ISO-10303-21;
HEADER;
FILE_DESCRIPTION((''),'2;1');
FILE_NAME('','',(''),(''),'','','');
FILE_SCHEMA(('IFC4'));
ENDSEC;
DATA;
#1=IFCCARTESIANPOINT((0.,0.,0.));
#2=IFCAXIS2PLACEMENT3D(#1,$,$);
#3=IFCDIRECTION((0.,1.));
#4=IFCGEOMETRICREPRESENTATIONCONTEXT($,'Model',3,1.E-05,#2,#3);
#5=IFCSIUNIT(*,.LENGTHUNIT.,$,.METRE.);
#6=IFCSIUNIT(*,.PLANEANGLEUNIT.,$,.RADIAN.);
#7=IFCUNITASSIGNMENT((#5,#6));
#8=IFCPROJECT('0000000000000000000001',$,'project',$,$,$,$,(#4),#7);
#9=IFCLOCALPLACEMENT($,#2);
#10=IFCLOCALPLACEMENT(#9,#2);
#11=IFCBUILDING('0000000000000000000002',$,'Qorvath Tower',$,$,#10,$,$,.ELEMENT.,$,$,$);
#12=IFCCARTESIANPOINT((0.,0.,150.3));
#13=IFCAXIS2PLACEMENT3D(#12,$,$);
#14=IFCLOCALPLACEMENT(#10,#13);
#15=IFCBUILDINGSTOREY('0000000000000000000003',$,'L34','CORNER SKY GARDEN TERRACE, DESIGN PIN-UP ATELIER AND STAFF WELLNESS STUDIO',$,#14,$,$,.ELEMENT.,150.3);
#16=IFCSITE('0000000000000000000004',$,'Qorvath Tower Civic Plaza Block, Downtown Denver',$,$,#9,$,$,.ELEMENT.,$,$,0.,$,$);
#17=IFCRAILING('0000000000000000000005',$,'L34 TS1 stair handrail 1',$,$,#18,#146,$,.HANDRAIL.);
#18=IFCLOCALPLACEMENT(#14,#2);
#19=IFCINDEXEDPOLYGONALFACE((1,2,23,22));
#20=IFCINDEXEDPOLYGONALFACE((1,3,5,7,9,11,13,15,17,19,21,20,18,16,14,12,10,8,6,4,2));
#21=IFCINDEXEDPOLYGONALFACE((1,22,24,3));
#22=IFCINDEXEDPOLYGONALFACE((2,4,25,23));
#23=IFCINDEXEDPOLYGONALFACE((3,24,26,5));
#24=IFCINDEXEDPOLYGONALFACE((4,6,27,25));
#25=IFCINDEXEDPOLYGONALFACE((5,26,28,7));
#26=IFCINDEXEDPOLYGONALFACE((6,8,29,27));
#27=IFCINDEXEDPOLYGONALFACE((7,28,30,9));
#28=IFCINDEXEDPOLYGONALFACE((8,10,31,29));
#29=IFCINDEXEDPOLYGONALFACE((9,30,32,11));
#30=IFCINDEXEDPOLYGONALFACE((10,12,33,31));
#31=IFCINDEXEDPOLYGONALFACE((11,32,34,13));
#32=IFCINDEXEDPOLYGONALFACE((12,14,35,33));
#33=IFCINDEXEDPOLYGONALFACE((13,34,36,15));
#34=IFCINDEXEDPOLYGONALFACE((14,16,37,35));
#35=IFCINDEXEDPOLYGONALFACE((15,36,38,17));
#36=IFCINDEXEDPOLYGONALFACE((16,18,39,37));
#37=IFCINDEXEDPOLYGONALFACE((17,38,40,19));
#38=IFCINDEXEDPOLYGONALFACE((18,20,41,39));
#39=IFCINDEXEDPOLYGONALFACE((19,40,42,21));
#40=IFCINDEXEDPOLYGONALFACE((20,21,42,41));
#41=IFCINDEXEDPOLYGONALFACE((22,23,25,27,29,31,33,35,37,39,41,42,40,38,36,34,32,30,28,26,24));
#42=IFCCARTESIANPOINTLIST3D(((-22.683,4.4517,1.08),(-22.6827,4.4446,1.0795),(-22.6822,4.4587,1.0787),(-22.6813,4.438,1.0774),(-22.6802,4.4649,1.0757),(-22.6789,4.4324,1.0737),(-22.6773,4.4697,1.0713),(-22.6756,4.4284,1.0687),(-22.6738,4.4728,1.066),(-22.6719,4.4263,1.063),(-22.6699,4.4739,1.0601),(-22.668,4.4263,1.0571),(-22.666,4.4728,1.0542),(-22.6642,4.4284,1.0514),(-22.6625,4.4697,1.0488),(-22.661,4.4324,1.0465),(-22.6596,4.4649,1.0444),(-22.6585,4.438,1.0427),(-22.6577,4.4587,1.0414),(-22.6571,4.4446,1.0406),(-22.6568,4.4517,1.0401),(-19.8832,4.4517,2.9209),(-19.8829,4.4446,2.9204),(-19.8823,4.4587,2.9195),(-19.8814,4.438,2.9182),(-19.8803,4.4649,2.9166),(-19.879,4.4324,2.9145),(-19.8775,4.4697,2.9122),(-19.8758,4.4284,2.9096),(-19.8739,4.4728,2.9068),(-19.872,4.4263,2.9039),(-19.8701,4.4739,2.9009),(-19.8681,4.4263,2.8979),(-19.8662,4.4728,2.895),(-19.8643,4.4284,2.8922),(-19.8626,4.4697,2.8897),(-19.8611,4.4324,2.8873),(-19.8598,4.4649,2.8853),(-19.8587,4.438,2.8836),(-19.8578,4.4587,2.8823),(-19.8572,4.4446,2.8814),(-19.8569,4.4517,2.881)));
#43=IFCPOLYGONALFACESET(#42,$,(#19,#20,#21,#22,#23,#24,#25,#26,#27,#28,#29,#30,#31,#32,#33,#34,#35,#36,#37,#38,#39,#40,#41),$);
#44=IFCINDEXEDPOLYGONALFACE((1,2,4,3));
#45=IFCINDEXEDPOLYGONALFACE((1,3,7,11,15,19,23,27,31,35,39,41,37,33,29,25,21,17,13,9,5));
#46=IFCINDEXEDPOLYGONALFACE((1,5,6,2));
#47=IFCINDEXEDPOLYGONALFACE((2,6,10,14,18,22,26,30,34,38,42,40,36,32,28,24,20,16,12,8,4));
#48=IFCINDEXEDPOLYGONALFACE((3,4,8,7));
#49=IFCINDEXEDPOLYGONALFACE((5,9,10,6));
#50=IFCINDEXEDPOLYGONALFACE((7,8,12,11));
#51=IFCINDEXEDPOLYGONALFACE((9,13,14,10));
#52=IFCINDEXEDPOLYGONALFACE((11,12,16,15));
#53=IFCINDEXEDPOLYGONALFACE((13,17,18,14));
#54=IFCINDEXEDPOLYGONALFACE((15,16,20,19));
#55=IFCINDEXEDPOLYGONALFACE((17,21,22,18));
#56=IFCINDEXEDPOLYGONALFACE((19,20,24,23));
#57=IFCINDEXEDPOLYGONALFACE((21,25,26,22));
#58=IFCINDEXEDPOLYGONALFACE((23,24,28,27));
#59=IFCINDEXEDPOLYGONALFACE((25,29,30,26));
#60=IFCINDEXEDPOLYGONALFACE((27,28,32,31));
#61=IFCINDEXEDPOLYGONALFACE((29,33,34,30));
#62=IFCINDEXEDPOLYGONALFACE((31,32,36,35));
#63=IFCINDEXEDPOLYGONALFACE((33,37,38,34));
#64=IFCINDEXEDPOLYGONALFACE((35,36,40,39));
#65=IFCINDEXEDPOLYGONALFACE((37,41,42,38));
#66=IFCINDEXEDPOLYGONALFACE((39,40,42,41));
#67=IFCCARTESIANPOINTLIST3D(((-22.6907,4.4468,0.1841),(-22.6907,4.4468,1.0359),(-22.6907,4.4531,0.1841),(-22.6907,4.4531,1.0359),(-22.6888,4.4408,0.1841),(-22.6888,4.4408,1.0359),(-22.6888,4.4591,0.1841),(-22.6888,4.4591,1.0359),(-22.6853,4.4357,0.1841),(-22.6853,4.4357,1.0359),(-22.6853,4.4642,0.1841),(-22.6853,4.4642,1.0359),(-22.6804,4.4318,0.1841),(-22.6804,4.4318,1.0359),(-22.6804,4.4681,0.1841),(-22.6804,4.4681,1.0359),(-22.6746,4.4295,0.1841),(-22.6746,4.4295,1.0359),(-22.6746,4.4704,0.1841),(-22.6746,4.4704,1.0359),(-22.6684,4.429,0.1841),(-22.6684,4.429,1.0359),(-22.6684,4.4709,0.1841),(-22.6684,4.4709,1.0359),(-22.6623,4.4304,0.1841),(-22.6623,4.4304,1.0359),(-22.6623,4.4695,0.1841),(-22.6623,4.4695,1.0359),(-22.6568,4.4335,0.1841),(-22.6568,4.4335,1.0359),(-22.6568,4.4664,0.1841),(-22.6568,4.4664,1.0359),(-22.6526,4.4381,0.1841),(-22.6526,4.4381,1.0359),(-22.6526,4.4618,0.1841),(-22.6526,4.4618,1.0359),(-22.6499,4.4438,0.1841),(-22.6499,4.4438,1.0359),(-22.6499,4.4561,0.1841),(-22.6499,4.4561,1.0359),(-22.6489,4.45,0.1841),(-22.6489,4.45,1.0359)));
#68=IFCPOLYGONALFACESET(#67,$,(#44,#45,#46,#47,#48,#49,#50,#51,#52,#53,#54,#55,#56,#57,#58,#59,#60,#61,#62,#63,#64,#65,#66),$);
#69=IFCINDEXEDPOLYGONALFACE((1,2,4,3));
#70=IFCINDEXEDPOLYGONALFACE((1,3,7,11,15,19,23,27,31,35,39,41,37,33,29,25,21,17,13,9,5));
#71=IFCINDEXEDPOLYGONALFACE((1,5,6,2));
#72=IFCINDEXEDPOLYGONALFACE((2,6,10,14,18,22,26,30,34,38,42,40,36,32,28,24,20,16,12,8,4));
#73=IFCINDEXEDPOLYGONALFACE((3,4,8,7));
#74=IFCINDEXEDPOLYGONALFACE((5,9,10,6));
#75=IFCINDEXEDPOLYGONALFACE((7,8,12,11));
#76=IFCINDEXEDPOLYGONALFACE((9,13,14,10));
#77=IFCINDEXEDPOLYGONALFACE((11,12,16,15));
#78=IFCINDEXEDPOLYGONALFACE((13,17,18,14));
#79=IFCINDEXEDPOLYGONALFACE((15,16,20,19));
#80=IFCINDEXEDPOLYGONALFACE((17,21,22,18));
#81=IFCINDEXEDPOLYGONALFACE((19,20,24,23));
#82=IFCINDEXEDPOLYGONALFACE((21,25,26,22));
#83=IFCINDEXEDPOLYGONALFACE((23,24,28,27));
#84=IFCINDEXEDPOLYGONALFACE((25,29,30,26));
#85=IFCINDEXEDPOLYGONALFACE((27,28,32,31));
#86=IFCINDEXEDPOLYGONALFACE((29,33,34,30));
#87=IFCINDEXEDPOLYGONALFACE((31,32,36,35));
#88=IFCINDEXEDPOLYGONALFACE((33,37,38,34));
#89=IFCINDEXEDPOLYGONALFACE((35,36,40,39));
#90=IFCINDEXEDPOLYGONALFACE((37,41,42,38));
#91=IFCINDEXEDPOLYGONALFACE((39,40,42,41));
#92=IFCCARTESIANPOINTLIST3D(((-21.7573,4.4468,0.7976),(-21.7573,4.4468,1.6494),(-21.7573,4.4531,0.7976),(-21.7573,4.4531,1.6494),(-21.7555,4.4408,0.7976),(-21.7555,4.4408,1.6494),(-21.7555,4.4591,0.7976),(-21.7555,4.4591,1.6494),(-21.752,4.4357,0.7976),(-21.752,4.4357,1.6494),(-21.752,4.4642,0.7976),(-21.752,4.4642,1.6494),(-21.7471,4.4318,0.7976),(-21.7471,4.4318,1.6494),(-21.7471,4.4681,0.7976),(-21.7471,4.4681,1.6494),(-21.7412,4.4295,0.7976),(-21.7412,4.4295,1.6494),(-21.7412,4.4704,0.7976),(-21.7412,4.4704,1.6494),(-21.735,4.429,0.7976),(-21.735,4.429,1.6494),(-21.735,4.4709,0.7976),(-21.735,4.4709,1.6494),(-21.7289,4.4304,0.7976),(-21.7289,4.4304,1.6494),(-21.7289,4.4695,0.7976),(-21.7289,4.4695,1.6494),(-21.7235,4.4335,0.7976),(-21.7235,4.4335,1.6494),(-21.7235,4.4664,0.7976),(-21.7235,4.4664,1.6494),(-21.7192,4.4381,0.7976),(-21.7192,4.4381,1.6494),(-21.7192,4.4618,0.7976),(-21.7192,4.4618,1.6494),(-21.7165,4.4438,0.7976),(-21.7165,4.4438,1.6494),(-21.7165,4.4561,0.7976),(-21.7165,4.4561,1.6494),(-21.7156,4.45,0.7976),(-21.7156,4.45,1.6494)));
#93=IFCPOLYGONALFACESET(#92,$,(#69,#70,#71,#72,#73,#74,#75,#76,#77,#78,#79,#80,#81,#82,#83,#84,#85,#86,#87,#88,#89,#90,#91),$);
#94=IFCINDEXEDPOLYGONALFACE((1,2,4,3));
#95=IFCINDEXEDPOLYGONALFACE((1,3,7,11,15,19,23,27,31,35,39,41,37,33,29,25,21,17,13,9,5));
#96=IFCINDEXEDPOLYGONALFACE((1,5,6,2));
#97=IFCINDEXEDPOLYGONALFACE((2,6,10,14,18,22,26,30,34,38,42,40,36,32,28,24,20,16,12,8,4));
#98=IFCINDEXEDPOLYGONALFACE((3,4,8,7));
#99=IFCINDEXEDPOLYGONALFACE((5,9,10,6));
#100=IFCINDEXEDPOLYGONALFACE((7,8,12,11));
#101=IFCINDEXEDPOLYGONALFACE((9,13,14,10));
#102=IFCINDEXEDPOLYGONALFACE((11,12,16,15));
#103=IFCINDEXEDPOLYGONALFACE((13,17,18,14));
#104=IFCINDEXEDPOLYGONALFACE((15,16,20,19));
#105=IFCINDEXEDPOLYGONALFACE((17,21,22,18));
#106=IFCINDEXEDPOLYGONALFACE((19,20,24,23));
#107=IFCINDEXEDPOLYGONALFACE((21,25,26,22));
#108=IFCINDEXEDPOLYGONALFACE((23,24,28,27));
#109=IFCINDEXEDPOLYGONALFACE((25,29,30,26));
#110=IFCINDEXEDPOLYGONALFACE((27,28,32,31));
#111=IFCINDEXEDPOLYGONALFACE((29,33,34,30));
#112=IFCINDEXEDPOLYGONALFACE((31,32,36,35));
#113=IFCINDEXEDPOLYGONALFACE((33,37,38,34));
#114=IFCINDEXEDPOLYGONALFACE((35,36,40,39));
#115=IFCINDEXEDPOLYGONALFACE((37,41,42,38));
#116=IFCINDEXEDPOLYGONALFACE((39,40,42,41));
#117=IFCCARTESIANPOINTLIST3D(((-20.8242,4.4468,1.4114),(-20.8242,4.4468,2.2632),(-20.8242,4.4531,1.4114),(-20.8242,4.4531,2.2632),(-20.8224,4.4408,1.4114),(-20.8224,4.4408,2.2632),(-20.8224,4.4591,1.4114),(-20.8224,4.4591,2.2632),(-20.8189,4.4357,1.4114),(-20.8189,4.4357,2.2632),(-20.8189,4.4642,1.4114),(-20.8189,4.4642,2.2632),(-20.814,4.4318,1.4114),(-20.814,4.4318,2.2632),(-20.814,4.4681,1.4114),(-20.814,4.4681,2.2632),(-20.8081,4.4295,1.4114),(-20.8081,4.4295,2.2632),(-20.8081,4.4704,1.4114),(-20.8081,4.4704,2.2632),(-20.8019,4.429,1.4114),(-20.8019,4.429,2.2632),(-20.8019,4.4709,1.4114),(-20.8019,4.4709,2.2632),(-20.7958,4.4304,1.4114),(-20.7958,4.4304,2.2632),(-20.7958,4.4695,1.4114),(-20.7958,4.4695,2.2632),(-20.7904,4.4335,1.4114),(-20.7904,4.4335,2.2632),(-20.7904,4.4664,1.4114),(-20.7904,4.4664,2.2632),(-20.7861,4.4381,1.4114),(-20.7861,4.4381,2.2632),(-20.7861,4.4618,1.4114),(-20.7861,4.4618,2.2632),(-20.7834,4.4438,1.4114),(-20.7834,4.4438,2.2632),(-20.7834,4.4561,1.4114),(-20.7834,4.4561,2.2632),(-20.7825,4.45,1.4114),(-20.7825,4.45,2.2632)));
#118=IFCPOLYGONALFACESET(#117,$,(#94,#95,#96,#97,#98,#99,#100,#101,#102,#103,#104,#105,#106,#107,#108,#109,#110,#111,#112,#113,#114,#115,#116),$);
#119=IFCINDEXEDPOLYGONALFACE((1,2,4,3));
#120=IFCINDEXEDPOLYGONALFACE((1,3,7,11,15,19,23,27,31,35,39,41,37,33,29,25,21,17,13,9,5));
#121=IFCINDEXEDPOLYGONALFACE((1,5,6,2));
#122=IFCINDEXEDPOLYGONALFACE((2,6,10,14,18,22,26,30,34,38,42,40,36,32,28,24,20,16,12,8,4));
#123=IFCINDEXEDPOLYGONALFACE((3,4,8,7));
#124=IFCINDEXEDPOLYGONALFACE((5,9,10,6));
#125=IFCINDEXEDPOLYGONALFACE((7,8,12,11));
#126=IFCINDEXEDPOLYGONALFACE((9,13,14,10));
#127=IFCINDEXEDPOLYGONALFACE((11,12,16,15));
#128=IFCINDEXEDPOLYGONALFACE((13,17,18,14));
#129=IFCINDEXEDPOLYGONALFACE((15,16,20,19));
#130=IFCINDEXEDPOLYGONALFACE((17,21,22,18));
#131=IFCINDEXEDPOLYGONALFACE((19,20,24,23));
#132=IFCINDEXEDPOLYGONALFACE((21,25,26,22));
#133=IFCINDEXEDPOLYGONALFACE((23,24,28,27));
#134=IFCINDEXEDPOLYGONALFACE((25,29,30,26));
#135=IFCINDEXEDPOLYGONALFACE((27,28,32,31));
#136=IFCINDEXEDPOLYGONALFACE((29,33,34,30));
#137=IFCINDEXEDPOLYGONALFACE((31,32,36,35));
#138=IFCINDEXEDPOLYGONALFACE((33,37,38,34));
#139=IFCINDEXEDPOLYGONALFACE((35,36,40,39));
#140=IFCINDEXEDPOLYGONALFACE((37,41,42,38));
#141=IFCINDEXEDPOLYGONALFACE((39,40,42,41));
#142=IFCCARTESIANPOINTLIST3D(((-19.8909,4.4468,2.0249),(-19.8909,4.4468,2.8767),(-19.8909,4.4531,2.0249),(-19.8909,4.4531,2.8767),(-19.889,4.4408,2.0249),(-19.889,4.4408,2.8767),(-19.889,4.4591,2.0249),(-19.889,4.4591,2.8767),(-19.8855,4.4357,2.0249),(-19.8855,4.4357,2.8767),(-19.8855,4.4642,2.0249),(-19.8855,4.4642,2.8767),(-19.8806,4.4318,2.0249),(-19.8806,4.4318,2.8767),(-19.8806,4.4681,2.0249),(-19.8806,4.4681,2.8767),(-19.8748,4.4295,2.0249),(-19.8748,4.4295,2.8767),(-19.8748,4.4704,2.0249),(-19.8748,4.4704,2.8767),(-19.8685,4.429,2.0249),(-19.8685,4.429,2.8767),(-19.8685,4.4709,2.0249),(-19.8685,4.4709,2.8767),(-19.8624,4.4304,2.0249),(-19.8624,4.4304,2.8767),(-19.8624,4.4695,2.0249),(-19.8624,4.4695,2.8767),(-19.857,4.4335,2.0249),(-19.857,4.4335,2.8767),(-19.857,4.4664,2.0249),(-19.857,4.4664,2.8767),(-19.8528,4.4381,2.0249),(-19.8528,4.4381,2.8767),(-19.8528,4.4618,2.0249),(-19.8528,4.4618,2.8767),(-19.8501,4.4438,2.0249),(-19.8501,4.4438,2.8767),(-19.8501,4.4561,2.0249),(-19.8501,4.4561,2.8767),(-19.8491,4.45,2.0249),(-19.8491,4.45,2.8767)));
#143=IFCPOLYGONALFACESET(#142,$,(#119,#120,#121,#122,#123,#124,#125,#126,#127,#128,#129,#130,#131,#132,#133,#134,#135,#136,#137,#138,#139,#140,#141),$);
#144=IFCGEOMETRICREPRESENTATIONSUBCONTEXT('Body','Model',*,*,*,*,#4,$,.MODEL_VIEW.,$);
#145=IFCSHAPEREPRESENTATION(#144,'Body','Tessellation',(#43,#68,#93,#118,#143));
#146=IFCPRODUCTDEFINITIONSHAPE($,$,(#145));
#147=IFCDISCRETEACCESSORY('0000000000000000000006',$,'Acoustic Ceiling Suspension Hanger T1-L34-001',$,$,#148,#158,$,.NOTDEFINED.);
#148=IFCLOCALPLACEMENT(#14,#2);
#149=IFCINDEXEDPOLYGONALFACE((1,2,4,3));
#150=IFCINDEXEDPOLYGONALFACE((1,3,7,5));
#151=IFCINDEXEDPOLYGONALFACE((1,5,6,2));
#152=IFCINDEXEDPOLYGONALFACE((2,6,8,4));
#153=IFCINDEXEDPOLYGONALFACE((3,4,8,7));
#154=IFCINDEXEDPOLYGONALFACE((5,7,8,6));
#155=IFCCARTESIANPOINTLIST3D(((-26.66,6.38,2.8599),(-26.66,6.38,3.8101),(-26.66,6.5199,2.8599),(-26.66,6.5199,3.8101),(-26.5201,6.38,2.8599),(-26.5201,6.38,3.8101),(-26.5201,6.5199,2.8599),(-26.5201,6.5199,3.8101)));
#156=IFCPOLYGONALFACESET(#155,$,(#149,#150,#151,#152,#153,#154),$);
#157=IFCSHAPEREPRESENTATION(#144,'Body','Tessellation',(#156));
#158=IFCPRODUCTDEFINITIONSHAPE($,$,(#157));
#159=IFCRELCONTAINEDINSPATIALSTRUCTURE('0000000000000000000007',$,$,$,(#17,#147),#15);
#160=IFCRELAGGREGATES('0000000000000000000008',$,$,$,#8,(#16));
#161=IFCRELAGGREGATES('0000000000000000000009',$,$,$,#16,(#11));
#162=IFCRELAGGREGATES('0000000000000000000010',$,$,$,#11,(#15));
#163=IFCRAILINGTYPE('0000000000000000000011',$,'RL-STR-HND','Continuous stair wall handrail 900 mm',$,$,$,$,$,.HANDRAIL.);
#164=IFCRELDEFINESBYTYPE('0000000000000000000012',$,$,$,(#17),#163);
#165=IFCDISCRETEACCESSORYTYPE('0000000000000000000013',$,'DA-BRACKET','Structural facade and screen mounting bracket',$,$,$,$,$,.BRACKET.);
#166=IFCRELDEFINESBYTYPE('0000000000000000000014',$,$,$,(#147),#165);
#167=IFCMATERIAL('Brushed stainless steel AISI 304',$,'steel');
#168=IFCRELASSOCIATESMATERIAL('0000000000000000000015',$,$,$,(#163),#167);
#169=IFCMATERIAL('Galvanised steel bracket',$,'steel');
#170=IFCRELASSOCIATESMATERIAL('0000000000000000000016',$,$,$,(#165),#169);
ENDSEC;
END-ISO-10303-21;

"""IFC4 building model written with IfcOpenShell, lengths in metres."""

from ifc_helpers import new_model, si_unit, direction, frame, origin, origin_2d, place, context, subcontext, project, spatial, rectangle, circle, extrude, material, type_object, element, save


model = new_model("IFC4")

# Units and contexts
model_context = context("Model", 3, precision=1e-05, world=origin(), true_north=direction((0.0, 1.0)))
body_context = subcontext(model_context, "Body", "Model", "MODEL_VIEW")
ifc_project = project(units=[si_unit("LENGTHUNIT", "METRE"), si_unit("PLANEANGLEUNIT", "RADIAN")], contexts=[model_context])

# Site, building, storey
site_placement = place(None, origin())
site = spatial("IfcSite", under=ifc_project, at=site_placement, Name="Qorvath Tower Civic Plaza Block, Downtown Denver", CompositionType="ELEMENT", RefElevation=0.0)
building_placement = place(site_placement, origin())
building = spatial("IfcBuilding", under=site, at=building_placement, Name="Qorvath Tower", CompositionType="ELEMENT")
storey_placement = place(building_placement, frame((0.0, 0.0, 150.3)))
storey = spatial("IfcBuildingStorey", under=building, at=storey_placement, Name="L34", Description="CORNER SKY GARDEN TERRACE, DESIGN PIN-UP ATELIER AND STAFF WELLNESS STUDIO", CompositionType="ELEMENT", Elevation=150.3)

# Railing
ifc_material_1 = material(Name="Brushed stainless steel AISI 304", Category="steel")
railing_type_1 = type_object("IfcRailingType", Name="RL-STR-HND", Description="Continuous stair wall handrail 900 mm", PredefinedType="HANDRAIL", material=ifc_material_1)
railing_1_placement = place(storey_placement, frame((-22.6699, 4.45, 0.1841)))
element("IfcRailing", 1, at=railing_1_placement, inside=storey, type_object=railing_type_1, Name="L34 TS1 stair handrail 1", PredefinedType="HANDRAIL", context=body_context, shape_type="SweptSolid", body=[
    extrude(circle(Radius=0.0239, at=origin_2d()), frame((0.0, 0.0, 0.876), z_axis=(0.835576, 0.0, 0.549376), x_axis=(0.0, 1.0, 0.0)), (0.0, 0.0, 1.0), 3.3508),
    extrude(circle(Radius=0.021, at=origin_2d()), origin(), (0.0, 0.0, 1.0), 0.8518),
    extrude(circle(Radius=0.021, at=origin_2d()), frame((0.9333, 0.0, 0.6135)), (0.0, 0.0, 1.0), 0.8518),
    extrude(circle(Radius=0.021, at=origin_2d()), frame((1.8665, 0.0, 1.2273)), (0.0, 0.0, 1.0), 0.8518),
    extrude(circle(Radius=0.021, at=origin_2d()), frame((2.7998, 0.0, 1.8408)), (0.0, 0.0, 1.0), 0.8518),
])

# Discrete accessory
ifc_material_2 = material(Name="Galvanised steel bracket", Category="steel")
discrete_accessory_type = type_object("IfcDiscreteAccessoryType", Name="DA-BRACKET", Description="Structural facade and screen mounting bracket", PredefinedType="BRACKET", material=ifc_material_2)
discrete_accessory_placement = place(storey_placement, frame((-26.5901, 6.45, 2.8599), z_axis=(0.0, 0.0, 1.0), x_axis=(1.0, 0.0, 0.0)))
element("IfcDiscreteAccessory", 2, at=discrete_accessory_placement, inside=storey, type_object=discrete_accessory_type, Name="Acoustic Ceiling Suspension Hanger T1-L34-001", PredefinedType="NOTDEFINED", context=body_context, shape_type="SweptSolid", body=[
    extrude(rectangle(XDim=0.1399, YDim=0.1399, at=origin_2d()), origin(), (0.0, 0.0, 1.0), 0.9502),
])

save(model, "model.ifc")
